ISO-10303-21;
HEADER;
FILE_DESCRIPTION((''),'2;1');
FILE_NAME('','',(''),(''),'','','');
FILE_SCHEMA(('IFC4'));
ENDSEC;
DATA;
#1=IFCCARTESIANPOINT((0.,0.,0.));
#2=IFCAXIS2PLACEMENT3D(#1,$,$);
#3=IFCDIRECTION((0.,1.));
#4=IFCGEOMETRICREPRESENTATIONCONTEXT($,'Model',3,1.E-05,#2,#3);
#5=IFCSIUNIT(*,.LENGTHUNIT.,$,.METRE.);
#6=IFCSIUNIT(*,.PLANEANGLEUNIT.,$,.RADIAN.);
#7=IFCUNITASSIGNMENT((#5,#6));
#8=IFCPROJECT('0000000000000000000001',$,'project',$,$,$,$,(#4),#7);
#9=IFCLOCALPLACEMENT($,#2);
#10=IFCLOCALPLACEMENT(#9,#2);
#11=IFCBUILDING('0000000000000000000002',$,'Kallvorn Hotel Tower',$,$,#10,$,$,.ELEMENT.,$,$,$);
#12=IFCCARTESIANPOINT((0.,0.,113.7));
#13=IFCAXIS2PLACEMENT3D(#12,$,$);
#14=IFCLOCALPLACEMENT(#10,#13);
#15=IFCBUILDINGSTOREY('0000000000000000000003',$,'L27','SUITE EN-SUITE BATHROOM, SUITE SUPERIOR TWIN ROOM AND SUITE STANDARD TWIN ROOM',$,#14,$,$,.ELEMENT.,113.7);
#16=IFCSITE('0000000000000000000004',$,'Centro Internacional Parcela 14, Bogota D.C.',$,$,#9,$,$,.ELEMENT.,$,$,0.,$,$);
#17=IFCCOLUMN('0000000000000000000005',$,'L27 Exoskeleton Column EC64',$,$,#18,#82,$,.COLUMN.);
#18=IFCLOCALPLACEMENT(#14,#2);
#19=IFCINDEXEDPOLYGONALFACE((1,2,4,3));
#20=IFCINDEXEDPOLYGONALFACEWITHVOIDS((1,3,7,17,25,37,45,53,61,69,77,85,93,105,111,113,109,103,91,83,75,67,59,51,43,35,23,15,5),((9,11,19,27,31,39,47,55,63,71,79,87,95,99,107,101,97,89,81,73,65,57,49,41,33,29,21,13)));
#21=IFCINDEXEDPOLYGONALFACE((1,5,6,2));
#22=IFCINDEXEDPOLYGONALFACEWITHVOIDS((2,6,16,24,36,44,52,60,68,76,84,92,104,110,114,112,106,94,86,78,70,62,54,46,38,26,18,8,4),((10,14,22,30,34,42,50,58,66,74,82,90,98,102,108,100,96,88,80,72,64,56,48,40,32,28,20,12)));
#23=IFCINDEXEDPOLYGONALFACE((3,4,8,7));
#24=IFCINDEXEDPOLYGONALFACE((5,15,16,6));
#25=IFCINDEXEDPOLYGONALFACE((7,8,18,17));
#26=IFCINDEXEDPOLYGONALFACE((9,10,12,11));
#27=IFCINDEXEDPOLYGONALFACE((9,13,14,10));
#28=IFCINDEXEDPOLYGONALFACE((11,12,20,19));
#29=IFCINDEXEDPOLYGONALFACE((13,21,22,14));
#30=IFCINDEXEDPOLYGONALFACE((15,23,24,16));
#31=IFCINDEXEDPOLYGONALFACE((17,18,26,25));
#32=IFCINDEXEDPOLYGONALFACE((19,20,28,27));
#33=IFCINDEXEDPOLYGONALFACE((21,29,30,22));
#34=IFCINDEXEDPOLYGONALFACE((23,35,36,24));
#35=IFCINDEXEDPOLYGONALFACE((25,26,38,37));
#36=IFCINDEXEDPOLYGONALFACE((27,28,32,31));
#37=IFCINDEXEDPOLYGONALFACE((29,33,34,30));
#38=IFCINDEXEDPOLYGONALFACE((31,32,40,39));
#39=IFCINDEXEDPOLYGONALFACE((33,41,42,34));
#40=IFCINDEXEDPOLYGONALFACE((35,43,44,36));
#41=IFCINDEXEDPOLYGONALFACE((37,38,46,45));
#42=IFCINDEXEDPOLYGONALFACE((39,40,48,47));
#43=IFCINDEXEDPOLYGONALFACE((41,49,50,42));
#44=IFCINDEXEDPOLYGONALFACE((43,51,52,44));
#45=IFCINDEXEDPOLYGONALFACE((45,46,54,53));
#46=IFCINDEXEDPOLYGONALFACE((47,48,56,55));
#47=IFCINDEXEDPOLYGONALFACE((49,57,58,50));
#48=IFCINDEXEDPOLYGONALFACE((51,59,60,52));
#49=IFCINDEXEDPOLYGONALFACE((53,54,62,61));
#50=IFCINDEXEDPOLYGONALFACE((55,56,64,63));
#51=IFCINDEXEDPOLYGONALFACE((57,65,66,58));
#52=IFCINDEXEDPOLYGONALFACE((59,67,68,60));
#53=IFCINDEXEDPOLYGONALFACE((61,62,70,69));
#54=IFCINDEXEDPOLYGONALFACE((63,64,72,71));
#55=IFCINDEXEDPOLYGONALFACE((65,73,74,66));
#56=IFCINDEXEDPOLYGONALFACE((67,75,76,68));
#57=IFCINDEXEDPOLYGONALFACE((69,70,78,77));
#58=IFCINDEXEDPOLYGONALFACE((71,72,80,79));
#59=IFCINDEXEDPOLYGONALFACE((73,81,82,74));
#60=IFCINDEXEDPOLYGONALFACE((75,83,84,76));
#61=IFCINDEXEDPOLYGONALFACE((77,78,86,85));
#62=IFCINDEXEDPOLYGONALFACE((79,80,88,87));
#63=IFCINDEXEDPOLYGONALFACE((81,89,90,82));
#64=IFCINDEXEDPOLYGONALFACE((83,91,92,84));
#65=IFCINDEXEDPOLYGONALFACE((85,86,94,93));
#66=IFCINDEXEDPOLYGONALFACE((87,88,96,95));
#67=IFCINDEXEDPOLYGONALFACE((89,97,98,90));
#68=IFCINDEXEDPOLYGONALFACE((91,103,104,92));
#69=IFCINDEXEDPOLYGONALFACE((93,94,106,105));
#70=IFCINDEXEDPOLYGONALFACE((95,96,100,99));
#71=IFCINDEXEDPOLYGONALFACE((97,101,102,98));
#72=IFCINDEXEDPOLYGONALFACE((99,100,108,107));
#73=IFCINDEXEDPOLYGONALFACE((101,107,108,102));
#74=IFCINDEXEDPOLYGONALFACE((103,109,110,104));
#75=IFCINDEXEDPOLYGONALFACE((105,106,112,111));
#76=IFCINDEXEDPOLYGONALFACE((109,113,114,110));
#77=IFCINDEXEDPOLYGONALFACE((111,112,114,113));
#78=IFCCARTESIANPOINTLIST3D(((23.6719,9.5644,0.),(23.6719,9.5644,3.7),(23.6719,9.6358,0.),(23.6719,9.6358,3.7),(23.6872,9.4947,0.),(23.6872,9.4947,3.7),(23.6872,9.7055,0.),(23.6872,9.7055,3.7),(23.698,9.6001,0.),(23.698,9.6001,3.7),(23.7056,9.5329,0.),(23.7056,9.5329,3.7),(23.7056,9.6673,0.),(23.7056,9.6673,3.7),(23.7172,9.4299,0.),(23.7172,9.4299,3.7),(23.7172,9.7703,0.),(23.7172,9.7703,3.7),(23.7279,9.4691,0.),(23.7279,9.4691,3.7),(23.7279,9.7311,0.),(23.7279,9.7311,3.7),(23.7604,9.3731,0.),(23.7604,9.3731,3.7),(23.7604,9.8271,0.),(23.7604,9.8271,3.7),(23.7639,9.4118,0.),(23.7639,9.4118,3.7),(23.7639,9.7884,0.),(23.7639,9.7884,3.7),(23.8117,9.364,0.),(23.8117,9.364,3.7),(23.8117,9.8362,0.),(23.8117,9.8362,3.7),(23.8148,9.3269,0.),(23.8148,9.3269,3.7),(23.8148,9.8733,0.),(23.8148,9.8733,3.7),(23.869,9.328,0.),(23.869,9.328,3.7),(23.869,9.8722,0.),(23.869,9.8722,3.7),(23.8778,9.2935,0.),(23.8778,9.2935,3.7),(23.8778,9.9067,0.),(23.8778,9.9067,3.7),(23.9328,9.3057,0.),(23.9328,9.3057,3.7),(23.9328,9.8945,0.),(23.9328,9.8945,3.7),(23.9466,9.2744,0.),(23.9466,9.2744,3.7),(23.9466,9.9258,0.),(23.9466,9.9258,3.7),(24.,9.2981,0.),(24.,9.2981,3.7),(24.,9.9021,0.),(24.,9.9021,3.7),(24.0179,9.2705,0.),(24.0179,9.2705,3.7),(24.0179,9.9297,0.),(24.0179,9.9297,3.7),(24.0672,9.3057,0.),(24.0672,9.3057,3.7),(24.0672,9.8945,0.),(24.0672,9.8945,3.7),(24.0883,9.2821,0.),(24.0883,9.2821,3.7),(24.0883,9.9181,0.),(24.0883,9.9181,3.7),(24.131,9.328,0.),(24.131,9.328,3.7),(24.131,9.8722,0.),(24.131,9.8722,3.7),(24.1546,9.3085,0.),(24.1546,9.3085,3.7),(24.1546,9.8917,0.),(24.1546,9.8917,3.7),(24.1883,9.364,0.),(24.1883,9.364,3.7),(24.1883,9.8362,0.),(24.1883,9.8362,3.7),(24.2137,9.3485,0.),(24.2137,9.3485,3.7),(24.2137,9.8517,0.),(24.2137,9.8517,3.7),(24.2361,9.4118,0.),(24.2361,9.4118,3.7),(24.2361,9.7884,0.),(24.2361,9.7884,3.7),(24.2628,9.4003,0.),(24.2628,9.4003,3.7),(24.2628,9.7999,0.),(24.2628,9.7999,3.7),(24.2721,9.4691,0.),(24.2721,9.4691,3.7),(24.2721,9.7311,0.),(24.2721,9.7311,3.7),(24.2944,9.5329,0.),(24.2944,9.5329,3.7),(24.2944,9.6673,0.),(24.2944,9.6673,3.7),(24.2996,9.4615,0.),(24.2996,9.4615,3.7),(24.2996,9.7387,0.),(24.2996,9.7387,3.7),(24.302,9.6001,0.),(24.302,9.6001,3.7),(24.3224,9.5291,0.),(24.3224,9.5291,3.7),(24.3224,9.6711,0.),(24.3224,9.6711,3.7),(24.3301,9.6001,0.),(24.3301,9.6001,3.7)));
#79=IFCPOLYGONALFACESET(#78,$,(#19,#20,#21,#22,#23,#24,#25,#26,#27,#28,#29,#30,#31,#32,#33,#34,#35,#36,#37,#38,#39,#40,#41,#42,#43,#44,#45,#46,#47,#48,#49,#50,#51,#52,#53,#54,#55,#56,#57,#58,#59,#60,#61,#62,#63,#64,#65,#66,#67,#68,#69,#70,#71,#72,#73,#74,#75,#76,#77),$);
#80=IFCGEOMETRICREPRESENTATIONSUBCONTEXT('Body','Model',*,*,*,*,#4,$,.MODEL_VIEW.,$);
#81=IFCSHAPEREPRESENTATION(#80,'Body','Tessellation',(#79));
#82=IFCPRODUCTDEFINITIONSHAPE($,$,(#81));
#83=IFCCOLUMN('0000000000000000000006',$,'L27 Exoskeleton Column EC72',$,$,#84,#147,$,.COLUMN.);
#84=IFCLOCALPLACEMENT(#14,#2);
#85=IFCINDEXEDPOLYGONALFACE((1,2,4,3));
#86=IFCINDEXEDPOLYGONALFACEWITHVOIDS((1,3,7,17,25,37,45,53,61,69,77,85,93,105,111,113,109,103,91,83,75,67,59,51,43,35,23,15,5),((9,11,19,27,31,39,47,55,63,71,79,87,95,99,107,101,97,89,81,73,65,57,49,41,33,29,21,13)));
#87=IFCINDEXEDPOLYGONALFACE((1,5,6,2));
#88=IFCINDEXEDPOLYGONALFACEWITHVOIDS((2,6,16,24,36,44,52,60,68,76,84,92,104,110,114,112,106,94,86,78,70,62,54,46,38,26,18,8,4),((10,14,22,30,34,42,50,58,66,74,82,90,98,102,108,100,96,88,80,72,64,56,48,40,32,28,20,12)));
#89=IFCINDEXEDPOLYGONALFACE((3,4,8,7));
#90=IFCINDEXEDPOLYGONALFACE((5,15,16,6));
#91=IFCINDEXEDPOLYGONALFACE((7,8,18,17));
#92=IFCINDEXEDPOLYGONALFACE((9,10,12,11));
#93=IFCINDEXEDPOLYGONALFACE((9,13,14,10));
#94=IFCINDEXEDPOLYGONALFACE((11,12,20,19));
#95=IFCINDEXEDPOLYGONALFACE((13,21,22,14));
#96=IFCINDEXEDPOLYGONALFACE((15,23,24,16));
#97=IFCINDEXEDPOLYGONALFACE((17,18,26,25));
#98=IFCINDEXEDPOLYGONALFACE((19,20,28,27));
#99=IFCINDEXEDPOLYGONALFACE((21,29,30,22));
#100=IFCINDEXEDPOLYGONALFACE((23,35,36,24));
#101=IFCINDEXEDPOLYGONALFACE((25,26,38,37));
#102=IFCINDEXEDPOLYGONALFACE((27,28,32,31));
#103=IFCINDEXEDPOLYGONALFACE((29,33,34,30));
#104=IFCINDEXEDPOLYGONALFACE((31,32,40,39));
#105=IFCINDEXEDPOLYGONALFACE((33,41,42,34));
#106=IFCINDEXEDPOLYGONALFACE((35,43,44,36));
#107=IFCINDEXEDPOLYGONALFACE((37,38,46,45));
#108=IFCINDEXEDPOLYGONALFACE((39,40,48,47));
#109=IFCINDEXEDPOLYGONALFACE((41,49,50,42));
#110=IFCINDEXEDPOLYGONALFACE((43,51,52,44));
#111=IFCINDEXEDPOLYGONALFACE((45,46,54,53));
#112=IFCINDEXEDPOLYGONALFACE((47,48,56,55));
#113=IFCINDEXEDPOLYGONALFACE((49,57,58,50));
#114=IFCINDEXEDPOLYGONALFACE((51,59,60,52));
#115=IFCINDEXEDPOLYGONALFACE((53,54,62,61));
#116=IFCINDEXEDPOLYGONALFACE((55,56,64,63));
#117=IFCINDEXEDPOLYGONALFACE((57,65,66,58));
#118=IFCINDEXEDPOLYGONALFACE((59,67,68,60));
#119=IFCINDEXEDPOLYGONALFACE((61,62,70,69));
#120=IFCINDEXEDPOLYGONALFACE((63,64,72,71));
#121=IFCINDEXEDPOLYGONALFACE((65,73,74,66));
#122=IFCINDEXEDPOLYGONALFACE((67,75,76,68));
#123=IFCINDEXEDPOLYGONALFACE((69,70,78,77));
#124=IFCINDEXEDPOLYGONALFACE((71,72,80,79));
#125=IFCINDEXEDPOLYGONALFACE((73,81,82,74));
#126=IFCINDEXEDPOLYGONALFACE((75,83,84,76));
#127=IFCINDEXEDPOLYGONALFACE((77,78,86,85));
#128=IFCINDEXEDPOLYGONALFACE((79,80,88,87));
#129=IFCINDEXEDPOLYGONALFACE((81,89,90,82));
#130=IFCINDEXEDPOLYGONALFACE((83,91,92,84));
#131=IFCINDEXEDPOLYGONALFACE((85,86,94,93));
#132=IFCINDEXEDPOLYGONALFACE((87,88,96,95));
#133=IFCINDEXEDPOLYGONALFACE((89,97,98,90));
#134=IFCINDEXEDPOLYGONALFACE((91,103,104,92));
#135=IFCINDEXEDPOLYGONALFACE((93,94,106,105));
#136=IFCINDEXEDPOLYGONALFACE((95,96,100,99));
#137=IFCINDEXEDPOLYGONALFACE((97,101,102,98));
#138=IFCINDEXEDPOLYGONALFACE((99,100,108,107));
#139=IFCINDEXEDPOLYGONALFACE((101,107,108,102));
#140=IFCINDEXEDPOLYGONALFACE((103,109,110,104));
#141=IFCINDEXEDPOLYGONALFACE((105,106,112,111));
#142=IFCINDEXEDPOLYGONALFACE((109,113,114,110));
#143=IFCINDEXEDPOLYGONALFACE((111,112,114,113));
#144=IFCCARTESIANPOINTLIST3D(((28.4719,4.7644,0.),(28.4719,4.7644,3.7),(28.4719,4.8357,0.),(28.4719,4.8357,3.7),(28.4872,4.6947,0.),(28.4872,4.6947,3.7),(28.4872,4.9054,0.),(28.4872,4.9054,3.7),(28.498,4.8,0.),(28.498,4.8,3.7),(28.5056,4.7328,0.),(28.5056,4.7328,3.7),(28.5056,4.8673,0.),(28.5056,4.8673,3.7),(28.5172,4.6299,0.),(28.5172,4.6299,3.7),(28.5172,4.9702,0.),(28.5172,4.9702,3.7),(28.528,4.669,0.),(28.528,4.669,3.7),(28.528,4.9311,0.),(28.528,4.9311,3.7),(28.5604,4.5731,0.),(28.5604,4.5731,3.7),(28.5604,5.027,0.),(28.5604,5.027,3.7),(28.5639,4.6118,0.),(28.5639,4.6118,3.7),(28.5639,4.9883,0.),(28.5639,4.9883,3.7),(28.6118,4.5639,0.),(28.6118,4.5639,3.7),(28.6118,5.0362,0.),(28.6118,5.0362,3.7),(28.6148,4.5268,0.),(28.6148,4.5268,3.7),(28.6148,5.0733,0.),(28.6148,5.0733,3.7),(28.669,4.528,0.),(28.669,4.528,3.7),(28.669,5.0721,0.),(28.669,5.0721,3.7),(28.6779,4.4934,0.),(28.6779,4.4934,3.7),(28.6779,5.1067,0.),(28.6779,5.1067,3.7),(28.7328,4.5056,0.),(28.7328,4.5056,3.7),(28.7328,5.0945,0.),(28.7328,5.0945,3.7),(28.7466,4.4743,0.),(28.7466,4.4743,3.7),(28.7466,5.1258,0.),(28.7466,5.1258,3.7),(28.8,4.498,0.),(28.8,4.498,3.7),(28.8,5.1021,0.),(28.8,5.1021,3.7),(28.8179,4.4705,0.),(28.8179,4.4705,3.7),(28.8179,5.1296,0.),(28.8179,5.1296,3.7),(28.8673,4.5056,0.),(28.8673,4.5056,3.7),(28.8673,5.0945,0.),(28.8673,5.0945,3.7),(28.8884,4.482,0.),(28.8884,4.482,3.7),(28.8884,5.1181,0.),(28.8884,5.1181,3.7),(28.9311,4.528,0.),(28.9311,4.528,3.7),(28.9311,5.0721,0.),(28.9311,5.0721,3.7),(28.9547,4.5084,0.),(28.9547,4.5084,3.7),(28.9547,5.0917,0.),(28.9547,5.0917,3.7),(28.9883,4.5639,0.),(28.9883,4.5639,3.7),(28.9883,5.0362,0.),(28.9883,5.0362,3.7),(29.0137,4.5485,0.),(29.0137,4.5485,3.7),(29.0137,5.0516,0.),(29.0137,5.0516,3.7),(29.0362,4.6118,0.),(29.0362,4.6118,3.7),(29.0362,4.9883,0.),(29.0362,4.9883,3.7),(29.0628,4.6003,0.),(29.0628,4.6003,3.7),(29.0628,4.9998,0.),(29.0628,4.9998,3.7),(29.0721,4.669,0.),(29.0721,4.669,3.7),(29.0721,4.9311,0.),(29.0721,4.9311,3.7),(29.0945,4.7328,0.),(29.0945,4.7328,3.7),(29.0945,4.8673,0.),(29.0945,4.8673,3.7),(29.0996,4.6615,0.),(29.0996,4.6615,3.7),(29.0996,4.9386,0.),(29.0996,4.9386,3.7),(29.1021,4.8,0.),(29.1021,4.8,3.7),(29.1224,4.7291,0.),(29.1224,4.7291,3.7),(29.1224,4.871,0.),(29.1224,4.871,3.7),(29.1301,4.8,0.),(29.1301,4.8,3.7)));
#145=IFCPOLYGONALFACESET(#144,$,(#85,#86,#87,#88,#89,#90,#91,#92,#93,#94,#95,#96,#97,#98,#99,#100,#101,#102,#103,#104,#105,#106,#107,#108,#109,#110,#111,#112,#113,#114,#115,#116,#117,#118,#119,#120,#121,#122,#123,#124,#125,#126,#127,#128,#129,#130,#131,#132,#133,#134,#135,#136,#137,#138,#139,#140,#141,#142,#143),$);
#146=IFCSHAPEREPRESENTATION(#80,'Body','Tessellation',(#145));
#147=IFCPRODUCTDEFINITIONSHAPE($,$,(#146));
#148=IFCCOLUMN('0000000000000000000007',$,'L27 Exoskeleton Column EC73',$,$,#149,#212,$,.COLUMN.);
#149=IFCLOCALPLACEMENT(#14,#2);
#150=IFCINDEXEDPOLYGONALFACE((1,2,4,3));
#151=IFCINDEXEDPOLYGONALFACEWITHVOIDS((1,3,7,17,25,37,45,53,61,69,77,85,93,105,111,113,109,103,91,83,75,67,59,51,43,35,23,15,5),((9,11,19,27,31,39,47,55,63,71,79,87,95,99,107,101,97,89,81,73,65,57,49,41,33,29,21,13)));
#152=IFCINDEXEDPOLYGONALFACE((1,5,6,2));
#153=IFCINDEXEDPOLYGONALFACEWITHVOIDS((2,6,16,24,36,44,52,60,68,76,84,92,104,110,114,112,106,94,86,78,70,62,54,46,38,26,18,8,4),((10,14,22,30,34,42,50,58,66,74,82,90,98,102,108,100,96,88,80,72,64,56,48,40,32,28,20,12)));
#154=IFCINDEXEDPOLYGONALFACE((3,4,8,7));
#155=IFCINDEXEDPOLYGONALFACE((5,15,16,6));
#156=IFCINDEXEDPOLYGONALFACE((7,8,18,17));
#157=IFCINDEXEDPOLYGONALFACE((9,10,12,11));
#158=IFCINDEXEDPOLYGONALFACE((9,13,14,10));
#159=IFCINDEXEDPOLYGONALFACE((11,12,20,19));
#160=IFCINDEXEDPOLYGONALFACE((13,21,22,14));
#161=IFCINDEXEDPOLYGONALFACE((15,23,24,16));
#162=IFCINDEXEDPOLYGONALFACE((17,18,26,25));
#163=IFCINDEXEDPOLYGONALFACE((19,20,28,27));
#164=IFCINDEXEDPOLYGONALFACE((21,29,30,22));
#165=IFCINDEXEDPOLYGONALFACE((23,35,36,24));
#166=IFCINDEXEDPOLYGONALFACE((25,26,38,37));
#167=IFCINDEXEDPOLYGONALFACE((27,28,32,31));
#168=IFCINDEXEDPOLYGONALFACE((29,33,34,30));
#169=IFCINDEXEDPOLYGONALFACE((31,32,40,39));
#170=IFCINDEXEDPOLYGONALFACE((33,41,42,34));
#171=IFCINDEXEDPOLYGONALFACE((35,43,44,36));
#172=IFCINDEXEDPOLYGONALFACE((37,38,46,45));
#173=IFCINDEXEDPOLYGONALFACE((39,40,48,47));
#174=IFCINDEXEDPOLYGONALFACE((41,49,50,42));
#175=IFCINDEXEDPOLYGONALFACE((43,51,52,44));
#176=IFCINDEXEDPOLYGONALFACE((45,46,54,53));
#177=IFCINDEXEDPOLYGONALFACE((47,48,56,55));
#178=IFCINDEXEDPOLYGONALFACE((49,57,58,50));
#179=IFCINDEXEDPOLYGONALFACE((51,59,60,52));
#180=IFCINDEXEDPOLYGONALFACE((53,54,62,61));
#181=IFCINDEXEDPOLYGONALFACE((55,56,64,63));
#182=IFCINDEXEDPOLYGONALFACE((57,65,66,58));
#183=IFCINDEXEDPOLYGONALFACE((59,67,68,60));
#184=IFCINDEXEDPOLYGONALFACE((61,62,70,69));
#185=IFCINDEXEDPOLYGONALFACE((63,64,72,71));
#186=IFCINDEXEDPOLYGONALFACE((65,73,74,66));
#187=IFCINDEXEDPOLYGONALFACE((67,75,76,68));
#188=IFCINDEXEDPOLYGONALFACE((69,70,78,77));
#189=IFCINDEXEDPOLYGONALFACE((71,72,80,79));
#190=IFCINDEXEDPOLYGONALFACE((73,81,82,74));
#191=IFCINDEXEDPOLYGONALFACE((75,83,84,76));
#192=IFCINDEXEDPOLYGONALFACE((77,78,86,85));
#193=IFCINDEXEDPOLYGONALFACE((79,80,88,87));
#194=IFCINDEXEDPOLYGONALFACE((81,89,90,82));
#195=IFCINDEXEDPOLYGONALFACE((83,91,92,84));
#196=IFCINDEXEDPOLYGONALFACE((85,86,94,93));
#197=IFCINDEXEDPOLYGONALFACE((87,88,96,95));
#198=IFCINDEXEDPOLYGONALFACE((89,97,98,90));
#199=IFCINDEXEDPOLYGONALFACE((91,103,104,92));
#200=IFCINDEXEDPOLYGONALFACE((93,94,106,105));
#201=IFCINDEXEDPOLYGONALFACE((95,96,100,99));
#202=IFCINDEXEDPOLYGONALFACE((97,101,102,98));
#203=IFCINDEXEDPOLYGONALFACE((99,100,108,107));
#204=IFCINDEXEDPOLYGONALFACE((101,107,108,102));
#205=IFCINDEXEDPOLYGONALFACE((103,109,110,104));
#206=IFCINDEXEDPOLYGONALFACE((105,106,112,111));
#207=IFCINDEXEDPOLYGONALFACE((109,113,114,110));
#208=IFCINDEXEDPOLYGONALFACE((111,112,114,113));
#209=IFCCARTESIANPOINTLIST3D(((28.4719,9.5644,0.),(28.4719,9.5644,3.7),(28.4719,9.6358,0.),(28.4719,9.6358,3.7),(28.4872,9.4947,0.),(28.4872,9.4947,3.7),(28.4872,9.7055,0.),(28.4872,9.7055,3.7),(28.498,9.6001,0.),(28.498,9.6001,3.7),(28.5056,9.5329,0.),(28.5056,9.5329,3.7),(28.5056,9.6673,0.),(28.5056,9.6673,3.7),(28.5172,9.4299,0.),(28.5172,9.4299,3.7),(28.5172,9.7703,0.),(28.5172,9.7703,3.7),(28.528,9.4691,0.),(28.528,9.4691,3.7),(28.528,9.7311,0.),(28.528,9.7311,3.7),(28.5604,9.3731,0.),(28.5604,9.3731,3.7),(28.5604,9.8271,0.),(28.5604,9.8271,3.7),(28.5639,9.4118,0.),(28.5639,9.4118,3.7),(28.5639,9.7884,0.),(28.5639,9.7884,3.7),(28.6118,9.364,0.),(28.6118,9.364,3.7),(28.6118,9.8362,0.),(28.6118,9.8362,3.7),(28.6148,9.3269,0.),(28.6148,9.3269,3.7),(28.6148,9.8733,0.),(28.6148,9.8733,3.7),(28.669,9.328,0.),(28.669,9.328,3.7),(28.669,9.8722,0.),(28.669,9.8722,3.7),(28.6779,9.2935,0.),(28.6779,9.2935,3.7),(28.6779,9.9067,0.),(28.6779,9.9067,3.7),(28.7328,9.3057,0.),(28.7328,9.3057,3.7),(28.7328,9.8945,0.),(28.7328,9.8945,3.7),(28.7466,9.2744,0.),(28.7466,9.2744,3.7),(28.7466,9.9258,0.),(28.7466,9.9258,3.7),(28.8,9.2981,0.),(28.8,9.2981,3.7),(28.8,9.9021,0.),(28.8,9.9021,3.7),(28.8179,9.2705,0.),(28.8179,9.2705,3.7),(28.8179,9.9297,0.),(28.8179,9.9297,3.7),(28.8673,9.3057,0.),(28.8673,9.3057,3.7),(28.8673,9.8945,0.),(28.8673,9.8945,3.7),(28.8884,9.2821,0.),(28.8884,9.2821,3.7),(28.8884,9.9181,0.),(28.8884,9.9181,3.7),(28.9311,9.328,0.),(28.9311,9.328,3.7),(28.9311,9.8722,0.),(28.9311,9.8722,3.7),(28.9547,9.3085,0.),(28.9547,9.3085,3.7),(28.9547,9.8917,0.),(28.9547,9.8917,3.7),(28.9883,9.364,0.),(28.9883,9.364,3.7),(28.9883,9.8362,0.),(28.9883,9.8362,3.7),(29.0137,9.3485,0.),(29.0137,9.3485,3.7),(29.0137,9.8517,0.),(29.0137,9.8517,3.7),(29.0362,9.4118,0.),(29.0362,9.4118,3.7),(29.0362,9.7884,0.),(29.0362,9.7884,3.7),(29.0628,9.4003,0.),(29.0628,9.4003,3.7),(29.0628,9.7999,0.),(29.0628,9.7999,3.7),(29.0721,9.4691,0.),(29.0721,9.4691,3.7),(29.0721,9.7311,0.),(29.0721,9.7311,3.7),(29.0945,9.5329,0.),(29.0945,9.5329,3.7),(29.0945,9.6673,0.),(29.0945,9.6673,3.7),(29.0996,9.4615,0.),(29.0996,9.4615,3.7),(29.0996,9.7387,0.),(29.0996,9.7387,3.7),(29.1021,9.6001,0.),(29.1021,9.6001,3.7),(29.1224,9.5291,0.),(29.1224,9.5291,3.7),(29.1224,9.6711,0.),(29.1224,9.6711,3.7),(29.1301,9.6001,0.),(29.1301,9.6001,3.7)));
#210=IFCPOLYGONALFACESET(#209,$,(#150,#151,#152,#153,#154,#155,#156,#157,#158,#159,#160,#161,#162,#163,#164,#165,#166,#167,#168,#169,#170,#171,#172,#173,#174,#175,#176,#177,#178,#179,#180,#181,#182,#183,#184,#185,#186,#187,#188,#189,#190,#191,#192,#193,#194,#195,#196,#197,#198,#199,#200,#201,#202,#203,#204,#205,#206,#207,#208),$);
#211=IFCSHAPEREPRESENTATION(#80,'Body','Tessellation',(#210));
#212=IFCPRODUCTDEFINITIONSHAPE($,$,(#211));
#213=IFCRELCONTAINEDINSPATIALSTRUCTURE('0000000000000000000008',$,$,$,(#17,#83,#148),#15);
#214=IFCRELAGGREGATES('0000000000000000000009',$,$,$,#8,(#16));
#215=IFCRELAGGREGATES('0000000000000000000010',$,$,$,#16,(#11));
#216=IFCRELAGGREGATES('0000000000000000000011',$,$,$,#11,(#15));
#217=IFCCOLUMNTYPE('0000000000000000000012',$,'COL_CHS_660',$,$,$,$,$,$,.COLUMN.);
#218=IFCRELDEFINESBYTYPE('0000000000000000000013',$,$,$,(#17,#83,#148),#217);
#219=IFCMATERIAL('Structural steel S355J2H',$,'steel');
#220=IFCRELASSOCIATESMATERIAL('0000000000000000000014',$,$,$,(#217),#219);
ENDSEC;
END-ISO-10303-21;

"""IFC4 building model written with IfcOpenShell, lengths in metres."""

from ifc_helpers import new_model, si_unit, direction, frame, origin, origin_2d, place, context, subcontext, project, spatial, hollow_circle, extrude, material, material_profile, profile_set, type_object, element, save


model = new_model("IFC4")

# Units and contexts
model_context = context("Model", 3, precision=1e-05, world=origin(), true_north=direction((0.0, 1.0)))
body_context = subcontext(model_context, "Body", "Model", "MODEL_VIEW")
ifc_project = project(units=[si_unit("LENGTHUNIT", "METRE"), si_unit("PLANEANGLEUNIT", "RADIAN")], contexts=[model_context])

# Site, building, storey
site_placement = place(None, origin())
site = spatial("IfcSite", under=ifc_project, at=site_placement, Name="Centro Internacional Parcela 14, Bogota D.C.", CompositionType="ELEMENT", RefElevation=0.0)
building_placement = place(site_placement, origin())
building = spatial("IfcBuilding", under=site, at=building_placement, Name="Kallvorn Hotel Tower", CompositionType="ELEMENT")
storey_placement = place(building_placement, frame((0.0, 0.0, 113.7)))
storey = spatial("IfcBuildingStorey", under=building, at=storey_placement, Name="L27", Description="SUITE EN-SUITE BATHROOM, SUITE SUPERIOR TWIN ROOM AND SUITE STANDARD TWIN ROOM", CompositionType="ELEMENT", Elevation=113.7)

# Columns
ifc_material_1 = material(Name="Structural steel S355J2H", Category="steel")
ifc_material_profile_1 = material_profile(ifc_material_1, hollow_circle(Radius=0.3301, WallThickness=0.0281, at=origin_2d()), Name="CHS 660x28")
ifc_profile_set_1 = profile_set([ifc_material_profile_1], Name="Structural steel S355J2H")
column_type_1 = type_object("IfcColumnType", Name="COL_CHS_660", PredefinedType="COLUMN", material=ifc_profile_set_1)
for number, where, z_axis, x_axis, name in (
    (1, (24.0, 9.6001, 0.0), (0.0, 0.0, 1.0), (1.0, 0.0, 0.0), "L27 Exoskeleton Column EC64"),
    (2, (28.8, 4.8, 0.0), (0.0, 0.0, 1.0), (1.0, 0.0, 0.0), "L27 Exoskeleton Column EC72"),
    (3, (28.8, 9.6001, 0.0), (0.0, 0.0, 1.0), (1.0, 0.0, 0.0), "L27 Exoskeleton Column EC73"),
):
    element("IfcColumn", number, at=place(storey_placement, frame(where, z_axis=z_axis, x_axis=x_axis)), inside=storey, type_object=column_type_1, Name=name, PredefinedType="COLUMN", context=body_context, shape_type="SweptSolid", body=[
        extrude(hollow_circle(Radius=0.3301, WallThickness=0.0281, at=origin_2d()), origin(), (0.0, 0.0, 1.0), 3.7),
    ])

save(model, "model.ifc")
